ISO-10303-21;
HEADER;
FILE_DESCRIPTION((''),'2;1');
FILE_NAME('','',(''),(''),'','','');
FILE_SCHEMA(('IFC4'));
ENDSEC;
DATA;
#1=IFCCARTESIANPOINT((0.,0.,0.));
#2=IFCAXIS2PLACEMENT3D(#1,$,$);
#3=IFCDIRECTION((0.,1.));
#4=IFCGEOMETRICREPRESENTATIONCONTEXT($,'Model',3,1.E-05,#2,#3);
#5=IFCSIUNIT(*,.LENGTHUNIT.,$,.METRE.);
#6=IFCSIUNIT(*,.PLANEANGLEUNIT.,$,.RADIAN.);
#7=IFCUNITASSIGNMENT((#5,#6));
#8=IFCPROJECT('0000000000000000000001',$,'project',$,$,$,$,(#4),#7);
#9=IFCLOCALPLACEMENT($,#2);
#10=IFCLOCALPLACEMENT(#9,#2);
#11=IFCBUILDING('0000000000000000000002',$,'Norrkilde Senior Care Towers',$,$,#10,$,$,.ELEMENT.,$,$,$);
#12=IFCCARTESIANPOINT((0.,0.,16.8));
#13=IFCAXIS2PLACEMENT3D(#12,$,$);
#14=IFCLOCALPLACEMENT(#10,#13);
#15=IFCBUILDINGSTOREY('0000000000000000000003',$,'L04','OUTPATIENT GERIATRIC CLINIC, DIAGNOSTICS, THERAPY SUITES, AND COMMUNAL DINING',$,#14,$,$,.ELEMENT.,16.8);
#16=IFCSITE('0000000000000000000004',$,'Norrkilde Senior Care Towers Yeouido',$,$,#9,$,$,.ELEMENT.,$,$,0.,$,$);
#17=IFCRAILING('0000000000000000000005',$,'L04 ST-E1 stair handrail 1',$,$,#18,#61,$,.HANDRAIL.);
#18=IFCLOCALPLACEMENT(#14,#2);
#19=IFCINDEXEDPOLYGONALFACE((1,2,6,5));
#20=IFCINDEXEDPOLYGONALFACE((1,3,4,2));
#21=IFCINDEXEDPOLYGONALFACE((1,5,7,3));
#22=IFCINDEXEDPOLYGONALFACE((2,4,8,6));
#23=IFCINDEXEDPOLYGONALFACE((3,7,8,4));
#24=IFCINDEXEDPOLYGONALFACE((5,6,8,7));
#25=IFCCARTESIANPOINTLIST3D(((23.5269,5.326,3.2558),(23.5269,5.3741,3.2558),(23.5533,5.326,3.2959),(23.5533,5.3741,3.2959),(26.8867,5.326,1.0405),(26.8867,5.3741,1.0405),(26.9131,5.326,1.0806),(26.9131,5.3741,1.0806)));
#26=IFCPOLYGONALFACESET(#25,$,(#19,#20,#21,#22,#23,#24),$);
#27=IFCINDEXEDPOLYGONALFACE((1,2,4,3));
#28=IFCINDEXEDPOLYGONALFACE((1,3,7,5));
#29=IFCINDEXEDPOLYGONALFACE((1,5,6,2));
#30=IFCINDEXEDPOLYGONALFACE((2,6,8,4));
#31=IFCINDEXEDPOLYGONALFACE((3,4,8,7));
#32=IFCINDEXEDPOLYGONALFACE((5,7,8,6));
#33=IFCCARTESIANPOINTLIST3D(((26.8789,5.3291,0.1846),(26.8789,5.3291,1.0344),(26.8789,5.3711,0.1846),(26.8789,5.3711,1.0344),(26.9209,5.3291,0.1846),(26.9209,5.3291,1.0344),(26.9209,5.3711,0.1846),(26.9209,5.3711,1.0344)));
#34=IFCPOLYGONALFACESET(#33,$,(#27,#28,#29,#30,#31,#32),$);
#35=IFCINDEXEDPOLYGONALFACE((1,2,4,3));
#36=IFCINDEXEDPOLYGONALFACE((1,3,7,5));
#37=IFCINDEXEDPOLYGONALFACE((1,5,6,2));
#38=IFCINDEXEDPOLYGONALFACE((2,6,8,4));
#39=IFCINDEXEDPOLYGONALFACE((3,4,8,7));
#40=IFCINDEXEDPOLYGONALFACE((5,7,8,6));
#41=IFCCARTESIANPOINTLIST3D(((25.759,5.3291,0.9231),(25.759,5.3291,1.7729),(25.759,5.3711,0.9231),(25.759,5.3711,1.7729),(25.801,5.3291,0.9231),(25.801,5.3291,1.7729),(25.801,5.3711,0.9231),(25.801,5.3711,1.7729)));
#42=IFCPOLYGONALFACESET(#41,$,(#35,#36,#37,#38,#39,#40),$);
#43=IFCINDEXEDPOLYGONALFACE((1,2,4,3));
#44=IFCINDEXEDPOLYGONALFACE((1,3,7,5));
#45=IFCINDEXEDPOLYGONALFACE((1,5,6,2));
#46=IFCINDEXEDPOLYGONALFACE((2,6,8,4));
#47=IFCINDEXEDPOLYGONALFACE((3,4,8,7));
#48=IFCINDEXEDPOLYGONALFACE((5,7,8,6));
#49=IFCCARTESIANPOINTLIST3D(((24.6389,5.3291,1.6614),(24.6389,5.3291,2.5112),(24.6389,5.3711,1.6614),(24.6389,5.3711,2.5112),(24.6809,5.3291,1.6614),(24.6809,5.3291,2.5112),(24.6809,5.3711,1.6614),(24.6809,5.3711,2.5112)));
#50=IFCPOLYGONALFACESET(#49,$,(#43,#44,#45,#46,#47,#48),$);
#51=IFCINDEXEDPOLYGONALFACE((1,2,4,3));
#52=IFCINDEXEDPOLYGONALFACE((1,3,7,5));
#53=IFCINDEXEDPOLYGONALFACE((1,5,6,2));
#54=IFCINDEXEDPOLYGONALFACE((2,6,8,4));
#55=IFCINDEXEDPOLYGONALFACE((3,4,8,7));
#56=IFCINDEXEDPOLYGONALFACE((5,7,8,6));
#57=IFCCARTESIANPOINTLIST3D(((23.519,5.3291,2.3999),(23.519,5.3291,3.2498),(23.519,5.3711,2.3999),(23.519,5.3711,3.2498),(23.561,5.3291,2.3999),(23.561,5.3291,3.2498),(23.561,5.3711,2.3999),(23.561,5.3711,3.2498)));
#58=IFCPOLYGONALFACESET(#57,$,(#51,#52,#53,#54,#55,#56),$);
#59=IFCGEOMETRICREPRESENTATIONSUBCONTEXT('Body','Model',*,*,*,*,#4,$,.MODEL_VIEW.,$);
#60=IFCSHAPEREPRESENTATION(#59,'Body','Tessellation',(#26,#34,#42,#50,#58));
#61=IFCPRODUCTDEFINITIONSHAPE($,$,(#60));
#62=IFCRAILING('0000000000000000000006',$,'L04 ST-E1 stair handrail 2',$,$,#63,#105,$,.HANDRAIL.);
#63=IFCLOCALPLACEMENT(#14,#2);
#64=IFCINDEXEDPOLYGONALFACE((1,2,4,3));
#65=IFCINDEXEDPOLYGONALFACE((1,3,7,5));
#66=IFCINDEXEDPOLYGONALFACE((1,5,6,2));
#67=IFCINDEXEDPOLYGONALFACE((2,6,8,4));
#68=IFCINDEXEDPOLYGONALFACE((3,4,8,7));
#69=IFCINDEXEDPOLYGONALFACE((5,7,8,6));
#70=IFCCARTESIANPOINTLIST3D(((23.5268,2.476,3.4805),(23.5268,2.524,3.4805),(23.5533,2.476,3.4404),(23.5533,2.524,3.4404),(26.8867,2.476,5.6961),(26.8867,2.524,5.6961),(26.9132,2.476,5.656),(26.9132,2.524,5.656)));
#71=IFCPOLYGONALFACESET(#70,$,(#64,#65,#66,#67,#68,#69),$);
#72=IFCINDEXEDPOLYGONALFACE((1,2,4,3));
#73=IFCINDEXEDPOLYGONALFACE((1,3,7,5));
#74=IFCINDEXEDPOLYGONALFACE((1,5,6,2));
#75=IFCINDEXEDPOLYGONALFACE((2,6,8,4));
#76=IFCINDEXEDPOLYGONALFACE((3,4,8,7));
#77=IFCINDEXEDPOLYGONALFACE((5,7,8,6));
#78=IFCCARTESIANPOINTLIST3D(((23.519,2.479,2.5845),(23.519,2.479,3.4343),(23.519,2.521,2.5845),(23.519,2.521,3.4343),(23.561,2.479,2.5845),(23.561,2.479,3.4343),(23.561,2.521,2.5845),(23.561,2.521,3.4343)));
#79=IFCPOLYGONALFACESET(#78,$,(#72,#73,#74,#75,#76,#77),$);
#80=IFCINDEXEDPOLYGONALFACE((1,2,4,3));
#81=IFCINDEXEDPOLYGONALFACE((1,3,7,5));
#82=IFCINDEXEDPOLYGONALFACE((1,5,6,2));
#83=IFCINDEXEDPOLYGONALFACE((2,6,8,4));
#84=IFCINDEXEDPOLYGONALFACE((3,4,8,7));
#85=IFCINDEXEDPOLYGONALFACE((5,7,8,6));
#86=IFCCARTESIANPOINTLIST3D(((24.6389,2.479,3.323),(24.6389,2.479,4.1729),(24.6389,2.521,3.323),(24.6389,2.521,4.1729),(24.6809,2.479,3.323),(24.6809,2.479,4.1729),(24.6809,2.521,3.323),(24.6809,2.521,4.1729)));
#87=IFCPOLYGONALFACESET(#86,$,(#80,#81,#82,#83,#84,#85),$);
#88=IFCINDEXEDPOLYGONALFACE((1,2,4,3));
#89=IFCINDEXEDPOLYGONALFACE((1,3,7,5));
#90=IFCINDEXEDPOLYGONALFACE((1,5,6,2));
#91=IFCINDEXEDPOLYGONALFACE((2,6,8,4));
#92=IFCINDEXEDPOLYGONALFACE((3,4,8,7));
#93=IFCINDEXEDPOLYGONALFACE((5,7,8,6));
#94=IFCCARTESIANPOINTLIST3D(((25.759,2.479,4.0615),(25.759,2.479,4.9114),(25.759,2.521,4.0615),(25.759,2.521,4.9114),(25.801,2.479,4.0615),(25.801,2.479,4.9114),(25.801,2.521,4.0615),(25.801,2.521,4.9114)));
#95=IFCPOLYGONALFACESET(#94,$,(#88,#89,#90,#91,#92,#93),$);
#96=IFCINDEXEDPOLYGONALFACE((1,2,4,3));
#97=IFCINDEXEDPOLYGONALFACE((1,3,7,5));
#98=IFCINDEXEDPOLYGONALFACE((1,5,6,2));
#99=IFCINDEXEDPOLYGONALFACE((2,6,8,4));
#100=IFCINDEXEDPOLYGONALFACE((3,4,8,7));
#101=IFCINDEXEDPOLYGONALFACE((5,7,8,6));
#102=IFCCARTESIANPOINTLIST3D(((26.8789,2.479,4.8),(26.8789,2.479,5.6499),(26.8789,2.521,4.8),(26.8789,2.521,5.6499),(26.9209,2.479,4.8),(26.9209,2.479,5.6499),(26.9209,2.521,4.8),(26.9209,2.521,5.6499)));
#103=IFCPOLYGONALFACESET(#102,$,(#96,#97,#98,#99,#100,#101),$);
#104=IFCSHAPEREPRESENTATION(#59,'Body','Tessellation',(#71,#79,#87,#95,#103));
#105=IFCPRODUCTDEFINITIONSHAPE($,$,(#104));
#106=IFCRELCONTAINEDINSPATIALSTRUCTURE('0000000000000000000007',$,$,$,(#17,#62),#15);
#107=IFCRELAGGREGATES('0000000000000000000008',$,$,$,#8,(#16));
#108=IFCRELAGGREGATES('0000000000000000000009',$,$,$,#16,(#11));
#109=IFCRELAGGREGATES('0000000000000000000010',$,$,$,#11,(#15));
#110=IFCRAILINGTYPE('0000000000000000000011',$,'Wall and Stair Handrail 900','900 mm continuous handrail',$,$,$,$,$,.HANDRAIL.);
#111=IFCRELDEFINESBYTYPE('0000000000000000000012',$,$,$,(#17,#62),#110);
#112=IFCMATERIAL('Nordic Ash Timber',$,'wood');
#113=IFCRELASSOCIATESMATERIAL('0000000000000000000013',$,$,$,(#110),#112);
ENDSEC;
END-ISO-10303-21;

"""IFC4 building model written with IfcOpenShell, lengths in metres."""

from ifc_helpers import new_model, si_unit, direction, frame, origin, origin_2d, place, context, subcontext, project, spatial, rectangle, extrude, material, type_object, element, save


model = new_model("IFC4")

# Units and contexts
model_context = context("Model", 3, precision=1e-05, world=origin(), true_north=direction((0.0, 1.0)))
body_context = subcontext(model_context, "Body", "Model", "MODEL_VIEW")
ifc_project = project(units=[si_unit("LENGTHUNIT", "METRE"), si_unit("PLANEANGLEUNIT", "RADIAN")], contexts=[model_context])

# Site, building, storey
site_placement = place(None, origin())
site = spatial("IfcSite", under=ifc_project, at=site_placement, Name="Norrkilde Senior Care Towers Yeouido", CompositionType="ELEMENT", RefElevation=0.0)
building_placement = place(site_placement, origin())
building = spatial("IfcBuilding", under=site, at=building_placement, Name="Norrkilde Senior Care Towers", CompositionType="ELEMENT")
storey_placement = place(building_placement, frame((0.0, 0.0, 16.8)))
storey = spatial("IfcBuildingStorey", under=building, at=storey_placement, Name="L04", Description="OUTPATIENT GERIATRIC CLINIC, DIAGNOSTICS, THERAPY SUITES, AND COMMUNAL DINING", CompositionType="ELEMENT", Elevation=16.8)

# Railings
ifc_material_1 = material(Name="Nordic Ash Timber", Category="wood")
railing_type_1 = type_object("IfcRailingType", Name="Wall and Stair Handrail 900", Description="900 mm continuous handrail", PredefinedType="HANDRAIL", material=ifc_material_1)
railing_1_placement = place(storey_placement, frame((26.8999, 5.3501, 0.1846)))
element("IfcRailing", 1, at=railing_1_placement, inside=storey, type_object=railing_type_1, Name="L04 ST-E1 stair handrail 1", PredefinedType="HANDRAIL", context=body_context, shape_type="SweptSolid", body=[
    extrude(rectangle(XDim=0.0481, YDim=0.0481, at=origin_2d()), frame((0.0, 0.0, 0.876), z_axis=(-0.834858, 0.0, 0.550465), x_axis=(0.0, -1.0, 0.0)), (0.0, 0.0, 1.0), 4.0244),
    extrude(rectangle(XDim=0.042, YDim=0.042, at=origin_2d()), origin(), (0.0, 0.0, 1.0), 0.8499),
    extrude(rectangle(XDim=0.042, YDim=0.042, at=origin_2d()), frame((-1.1199, 0.0, 0.7385)), (0.0, 0.0, 1.0), 0.8499),
    extrude(rectangle(XDim=0.042, YDim=0.042, at=origin_2d()), frame((-2.24, 0.0, 1.4768)), (0.0, 0.0, 1.0), 0.8499),
    extrude(rectangle(XDim=0.042, YDim=0.042, at=origin_2d()), frame((-3.3599, 0.0, 2.2153)), (0.0, 0.0, 1.0), 0.8499),
])
railing_2_placement = place(storey_placement, frame((23.54, 2.5, 2.5845)))
element("IfcRailing", 2, at=railing_2_placement, inside=storey, type_object=railing_type_1, Name="L04 ST-E1 stair handrail 2", PredefinedType="HANDRAIL", context=body_context, shape_type="SweptSolid", body=[
    extrude(rectangle(XDim=0.0481, YDim=0.0481, at=origin_2d()), frame((0.0, 0.0, 0.876), z_axis=(0.83483, 0.0, 0.550508), x_axis=(0.0, 1.0, 0.0)), (0.0, 0.0, 1.0), 4.0247),
    extrude(rectangle(XDim=0.042, YDim=0.042, at=origin_2d()), origin(), (0.0, 0.0, 1.0), 0.8499),
    extrude(rectangle(XDim=0.042, YDim=0.042, at=origin_2d()), frame((1.1199, 0.0, 0.7385)), (0.0, 0.0, 1.0), 0.8499),
    extrude(rectangle(XDim=0.042, YDim=0.042, at=origin_2d()), frame((2.24, 0.0, 1.4771)), (0.0, 0.0, 1.0), 0.8499),
    extrude(rectangle(XDim=0.042, YDim=0.042, at=origin_2d()), frame((3.3599, 0.0, 2.2156)), (0.0, 0.0, 1.0), 0.8499),
])

save(model, "model.ifc")
